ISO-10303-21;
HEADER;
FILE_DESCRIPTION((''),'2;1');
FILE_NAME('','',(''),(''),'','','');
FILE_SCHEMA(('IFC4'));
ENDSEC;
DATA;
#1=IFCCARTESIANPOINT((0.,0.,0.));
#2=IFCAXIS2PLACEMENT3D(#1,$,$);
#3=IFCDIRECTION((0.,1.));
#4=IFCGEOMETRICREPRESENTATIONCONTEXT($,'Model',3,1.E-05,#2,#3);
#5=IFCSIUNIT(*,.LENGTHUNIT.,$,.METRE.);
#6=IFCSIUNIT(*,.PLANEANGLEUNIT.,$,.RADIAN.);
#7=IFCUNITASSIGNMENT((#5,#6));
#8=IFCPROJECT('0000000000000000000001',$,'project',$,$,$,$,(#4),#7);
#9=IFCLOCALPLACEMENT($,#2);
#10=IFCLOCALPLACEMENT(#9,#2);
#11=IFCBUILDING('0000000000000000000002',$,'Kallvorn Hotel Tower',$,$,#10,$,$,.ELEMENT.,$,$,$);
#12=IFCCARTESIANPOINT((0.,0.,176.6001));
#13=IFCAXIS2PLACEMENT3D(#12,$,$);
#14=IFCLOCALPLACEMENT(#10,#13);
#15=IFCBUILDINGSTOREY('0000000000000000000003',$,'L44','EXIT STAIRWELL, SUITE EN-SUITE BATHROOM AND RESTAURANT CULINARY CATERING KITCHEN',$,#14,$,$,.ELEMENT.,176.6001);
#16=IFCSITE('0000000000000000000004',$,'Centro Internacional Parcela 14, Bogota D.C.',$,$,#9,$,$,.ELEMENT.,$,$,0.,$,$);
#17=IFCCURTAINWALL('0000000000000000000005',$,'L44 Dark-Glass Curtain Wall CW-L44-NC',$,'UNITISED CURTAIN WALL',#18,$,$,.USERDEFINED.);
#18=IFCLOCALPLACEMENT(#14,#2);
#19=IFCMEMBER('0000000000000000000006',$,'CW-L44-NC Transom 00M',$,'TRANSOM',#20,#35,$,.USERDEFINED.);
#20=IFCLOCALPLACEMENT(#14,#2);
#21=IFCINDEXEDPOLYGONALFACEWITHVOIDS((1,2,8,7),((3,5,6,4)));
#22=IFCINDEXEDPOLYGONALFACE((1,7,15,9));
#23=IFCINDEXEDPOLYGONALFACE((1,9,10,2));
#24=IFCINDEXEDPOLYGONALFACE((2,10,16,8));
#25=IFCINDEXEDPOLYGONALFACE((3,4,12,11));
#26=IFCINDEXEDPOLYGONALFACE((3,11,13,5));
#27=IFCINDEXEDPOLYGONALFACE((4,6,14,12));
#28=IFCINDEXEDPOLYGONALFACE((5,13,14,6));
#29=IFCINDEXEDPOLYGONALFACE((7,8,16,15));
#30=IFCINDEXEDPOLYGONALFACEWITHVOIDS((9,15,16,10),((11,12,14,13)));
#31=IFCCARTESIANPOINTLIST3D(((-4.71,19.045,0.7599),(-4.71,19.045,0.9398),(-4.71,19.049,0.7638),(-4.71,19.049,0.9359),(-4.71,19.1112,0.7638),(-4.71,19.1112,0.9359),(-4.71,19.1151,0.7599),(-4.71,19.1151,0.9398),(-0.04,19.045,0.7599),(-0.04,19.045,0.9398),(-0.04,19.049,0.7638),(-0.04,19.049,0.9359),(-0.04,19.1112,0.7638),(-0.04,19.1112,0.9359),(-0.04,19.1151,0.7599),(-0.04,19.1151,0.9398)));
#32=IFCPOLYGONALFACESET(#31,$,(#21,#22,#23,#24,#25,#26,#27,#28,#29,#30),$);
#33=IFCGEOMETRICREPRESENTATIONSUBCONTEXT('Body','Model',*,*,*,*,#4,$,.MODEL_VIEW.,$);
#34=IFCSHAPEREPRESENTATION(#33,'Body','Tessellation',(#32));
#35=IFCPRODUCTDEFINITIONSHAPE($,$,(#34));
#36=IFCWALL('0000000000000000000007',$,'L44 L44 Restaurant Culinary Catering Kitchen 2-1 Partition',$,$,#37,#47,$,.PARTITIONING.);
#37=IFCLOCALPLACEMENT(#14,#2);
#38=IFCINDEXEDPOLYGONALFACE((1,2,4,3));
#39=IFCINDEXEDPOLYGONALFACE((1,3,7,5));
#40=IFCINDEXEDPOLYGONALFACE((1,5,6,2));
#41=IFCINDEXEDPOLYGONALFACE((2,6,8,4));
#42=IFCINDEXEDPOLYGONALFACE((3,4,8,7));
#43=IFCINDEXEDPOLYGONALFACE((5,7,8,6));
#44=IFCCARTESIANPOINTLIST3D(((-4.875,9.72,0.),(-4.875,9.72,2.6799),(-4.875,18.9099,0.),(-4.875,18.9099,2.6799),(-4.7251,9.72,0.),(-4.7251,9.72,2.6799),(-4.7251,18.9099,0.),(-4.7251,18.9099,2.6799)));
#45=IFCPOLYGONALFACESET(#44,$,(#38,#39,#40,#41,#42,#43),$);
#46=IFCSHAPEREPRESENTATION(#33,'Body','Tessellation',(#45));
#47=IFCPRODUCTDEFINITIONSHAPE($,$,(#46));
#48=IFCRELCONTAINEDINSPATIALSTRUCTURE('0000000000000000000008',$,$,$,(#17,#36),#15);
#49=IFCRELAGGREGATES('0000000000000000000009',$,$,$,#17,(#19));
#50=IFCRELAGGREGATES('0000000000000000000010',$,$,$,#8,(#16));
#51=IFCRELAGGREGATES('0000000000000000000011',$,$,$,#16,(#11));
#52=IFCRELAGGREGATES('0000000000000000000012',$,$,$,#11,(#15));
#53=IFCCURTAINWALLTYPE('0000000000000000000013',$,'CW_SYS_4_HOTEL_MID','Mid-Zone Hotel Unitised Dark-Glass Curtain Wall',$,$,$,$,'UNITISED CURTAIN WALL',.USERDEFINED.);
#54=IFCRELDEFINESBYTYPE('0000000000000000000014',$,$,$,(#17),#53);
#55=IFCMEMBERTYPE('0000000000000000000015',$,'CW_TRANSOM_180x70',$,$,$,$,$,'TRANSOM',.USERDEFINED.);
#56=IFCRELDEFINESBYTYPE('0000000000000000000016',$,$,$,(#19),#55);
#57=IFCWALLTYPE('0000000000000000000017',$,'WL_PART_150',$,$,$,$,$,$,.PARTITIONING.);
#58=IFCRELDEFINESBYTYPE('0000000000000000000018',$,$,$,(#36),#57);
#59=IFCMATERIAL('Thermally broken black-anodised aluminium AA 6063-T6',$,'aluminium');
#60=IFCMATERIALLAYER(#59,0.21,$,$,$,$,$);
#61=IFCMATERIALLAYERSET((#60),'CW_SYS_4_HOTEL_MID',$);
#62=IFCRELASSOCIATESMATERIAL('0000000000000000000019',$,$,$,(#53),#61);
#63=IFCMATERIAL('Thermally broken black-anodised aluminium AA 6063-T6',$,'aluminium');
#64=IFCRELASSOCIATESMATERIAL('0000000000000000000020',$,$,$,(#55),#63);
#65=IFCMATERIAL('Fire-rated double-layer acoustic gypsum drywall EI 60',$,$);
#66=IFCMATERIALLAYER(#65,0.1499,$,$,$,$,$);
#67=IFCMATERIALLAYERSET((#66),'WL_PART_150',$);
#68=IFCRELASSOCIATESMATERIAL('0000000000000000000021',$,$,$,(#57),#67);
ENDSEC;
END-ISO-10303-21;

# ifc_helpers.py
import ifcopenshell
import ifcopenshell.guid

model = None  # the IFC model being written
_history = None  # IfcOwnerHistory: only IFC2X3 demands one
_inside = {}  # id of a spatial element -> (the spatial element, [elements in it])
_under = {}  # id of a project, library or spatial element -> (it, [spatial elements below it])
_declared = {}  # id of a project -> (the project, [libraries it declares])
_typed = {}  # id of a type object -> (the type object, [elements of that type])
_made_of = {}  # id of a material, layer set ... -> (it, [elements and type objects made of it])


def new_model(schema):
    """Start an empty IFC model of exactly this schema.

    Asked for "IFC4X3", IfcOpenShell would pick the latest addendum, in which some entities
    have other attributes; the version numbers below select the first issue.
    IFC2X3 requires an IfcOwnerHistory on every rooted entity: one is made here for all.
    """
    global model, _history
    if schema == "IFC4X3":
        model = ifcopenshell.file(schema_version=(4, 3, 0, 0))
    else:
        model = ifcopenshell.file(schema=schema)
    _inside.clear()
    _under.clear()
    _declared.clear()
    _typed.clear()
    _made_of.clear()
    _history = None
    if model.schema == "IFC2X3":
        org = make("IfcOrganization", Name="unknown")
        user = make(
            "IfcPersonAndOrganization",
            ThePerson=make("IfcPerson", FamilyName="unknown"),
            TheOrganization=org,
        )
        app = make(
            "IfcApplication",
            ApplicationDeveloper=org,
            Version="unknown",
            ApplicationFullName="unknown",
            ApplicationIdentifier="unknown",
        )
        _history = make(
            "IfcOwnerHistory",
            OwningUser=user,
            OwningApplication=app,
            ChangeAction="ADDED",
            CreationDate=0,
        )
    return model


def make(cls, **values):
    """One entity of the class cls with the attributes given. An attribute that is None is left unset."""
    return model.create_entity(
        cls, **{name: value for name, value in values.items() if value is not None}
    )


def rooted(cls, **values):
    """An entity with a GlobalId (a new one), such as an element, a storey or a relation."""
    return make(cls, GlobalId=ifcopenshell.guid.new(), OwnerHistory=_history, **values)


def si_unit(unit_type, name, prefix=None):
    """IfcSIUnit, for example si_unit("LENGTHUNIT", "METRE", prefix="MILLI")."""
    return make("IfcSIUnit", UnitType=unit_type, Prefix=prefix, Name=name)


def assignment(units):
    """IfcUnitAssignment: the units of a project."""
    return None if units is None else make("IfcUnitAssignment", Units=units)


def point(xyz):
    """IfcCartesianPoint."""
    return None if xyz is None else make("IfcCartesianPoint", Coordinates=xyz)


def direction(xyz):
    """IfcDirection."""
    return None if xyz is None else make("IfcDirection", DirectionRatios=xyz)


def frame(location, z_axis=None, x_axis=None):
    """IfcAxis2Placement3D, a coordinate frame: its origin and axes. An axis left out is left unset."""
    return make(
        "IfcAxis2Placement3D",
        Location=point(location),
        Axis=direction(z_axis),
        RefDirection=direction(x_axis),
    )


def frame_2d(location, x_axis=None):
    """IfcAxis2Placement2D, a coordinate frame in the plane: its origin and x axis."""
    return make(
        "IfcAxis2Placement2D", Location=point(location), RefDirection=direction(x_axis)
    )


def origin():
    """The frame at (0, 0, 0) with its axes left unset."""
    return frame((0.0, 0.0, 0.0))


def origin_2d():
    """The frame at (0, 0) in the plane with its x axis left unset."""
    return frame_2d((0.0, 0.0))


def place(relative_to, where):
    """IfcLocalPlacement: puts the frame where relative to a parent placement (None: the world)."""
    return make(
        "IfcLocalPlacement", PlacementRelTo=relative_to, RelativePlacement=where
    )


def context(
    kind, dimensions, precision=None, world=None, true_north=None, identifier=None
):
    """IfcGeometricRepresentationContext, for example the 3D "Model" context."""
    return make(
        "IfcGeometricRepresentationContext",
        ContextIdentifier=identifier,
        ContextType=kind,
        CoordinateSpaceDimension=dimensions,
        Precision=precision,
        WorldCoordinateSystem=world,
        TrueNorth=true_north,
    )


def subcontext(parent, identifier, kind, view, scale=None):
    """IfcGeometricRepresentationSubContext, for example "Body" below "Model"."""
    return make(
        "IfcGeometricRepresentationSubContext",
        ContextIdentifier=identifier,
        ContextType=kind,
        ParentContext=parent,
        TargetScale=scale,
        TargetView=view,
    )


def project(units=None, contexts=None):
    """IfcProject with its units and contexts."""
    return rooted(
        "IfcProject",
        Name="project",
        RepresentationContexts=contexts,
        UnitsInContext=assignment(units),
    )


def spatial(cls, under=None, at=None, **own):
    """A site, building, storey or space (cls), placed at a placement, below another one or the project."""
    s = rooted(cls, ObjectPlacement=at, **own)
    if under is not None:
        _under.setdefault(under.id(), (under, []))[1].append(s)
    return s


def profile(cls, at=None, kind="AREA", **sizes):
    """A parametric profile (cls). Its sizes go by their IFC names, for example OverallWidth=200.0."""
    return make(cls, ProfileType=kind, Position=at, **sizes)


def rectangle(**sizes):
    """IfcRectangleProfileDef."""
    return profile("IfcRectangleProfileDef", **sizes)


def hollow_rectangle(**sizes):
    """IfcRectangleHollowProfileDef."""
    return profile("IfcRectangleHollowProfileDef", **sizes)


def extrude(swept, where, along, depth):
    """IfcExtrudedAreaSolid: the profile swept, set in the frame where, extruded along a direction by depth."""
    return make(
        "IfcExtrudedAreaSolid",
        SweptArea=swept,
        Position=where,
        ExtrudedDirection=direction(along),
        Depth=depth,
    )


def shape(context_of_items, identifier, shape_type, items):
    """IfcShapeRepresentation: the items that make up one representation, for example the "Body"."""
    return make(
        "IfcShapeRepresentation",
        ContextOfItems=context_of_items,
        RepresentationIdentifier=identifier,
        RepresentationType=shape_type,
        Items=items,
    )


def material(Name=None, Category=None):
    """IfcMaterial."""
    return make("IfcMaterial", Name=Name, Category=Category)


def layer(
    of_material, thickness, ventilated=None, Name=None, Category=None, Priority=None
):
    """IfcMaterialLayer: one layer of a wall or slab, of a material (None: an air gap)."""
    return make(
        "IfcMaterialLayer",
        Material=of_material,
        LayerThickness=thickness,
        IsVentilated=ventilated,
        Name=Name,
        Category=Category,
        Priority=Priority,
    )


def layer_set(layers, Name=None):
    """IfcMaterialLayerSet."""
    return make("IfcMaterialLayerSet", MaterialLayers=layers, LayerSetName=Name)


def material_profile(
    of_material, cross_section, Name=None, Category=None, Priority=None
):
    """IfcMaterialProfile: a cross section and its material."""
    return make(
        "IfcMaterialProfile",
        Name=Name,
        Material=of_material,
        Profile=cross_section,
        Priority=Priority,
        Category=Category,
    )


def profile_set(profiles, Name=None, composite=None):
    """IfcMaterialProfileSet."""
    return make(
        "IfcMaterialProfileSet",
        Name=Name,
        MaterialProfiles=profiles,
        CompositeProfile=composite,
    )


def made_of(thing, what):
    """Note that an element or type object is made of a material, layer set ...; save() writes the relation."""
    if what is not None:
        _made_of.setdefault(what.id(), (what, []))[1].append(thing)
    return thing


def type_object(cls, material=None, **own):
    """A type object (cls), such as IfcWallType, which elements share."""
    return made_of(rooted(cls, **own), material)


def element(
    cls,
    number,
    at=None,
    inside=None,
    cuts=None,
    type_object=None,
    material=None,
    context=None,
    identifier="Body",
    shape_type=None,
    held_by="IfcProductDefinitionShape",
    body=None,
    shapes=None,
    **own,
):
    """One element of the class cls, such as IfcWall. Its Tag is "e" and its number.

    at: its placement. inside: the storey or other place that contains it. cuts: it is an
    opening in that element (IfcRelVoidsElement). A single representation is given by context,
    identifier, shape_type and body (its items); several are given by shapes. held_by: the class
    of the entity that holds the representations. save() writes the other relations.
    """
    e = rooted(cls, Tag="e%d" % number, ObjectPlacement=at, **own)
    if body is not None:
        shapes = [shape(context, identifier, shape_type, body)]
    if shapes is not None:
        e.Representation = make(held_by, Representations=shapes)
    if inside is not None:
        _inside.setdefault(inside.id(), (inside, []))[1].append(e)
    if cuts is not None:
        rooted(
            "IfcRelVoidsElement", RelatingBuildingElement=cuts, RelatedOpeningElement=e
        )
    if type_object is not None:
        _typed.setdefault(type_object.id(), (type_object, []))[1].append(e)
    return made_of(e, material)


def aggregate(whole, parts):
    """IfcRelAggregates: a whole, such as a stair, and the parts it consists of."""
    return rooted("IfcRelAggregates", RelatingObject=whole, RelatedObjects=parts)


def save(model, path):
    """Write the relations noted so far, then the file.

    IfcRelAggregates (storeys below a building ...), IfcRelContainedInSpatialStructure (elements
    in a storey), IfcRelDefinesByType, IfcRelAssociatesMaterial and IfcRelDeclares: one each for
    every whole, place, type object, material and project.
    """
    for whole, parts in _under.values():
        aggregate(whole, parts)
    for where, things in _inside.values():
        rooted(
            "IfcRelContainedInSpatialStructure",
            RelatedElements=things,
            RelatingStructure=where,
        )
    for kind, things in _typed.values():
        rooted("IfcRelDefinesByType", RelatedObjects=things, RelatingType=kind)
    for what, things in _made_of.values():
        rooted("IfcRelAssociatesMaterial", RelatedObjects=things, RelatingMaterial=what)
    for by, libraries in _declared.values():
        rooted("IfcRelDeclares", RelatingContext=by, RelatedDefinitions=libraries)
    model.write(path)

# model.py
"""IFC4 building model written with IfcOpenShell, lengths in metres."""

from ifc_helpers import new_model, si_unit, direction, frame, frame_2d, origin, origin_2d, place, context, subcontext, project, spatial, rectangle, hollow_rectangle, extrude, material, layer, layer_set, material_profile, profile_set, type_object, element, aggregate, save


model = new_model("IFC4")

# Units and contexts
model_context = context("Model", 3, precision=1e-05, world=origin(), true_north=direction((0.0, 1.0)))
body_context = subcontext(model_context, "Body", "Model", "MODEL_VIEW")
ifc_project = project(units=[si_unit("LENGTHUNIT", "METRE"), si_unit("PLANEANGLEUNIT", "RADIAN")], contexts=[model_context])

# Site, building, storey
site_placement = place(None, origin())
site = spatial("IfcSite", under=ifc_project, at=site_placement, Name="Centro Internacional Parcela 14, Bogota D.C.", CompositionType="ELEMENT", RefElevation=0.0)
building_placement = place(site_placement, origin())
building = spatial("IfcBuilding", under=site, at=building_placement, Name="Kallvorn Hotel Tower", CompositionType="ELEMENT")
storey_placement = place(building_placement, frame((0.0, 0.0, 176.6001)))
storey = spatial("IfcBuildingStorey", under=building, at=storey_placement, Name="L44", Description="EXIT STAIRWELL, SUITE EN-SUITE BATHROOM AND RESTAURANT CULINARY CATERING KITCHEN", CompositionType="ELEMENT", Elevation=176.6001)

# Curtain wall, member
ifc_material_1 = material(Name="Thermally broken black-anodised aluminium AA 6063-T6", Category="aluminium")
ifc_layer_1 = layer(ifc_material_1, 0.21)
ifc_layer_set_1 = layer_set([ifc_layer_1], Name="CW_SYS_4_HOTEL_MID")
curtain_wall_type = type_object("IfcCurtainWallType", Name="CW_SYS_4_HOTEL_MID", Description="Mid-Zone Hotel Unitised Dark-Glass Curtain Wall", ElementType="UNITISED CURTAIN WALL", PredefinedType="USERDEFINED", material=ifc_layer_set_1)
curtain_wall_placement = place(storey_placement, origin())
curtain_wall = element("IfcCurtainWall", 1, at=curtain_wall_placement, inside=storey, type_object=curtain_wall_type, Name="L44 Dark-Glass Curtain Wall CW-L44-NC", ObjectType="UNITISED CURTAIN WALL", PredefinedType="USERDEFINED")
ifc_material_2 = material(Name="Thermally broken black-anodised aluminium AA 6063-T6", Category="aluminium")
ifc_material_profile_1 = material_profile(ifc_material_2, hollow_rectangle(XDim=0.0701, YDim=0.1799, WallThickness=0.0039, at=origin_2d()), Name="TRN 180x70")
ifc_profile_set_1 = profile_set([ifc_material_profile_1], Name="Thermally broken black-anodised aluminium AA 6063-T6")
member_type_1 = type_object("IfcMemberType", Name="CW_TRANSOM_180x70", ElementType="TRANSOM", PredefinedType="USERDEFINED", material=ifc_profile_set_1)
member_1_placement = place(storey_placement, frame((-4.71, 19.0801, 0.8499), z_axis=(1.0, 0.0, 0.0), x_axis=(0.0, 1.0, 0.0)))
member_1 = element("IfcMember", 2, at=member_1_placement, type_object=member_type_1, Name="CW-L44-NC Transom 00M", ObjectType="TRANSOM", PredefinedType="USERDEFINED", context=body_context, shape_type="SweptSolid", body=[
    extrude(hollow_rectangle(XDim=0.0701, YDim=0.1799, WallThickness=0.0039, at=origin_2d()), origin(), (0.0, 0.0, 1.0), 4.6699),
])
aggregate(curtain_wall, [member_1])

# Wall
ifc_material_3 = material(Name="Fire-rated double-layer acoustic gypsum drywall EI 60")
ifc_layer_2 = layer(ifc_material_3, 0.1499)
ifc_layer_set_2 = layer_set([ifc_layer_2], Name="WL_PART_150")
wall_type = type_object("IfcWallType", Name="WL_PART_150", PredefinedType="PARTITIONING", material=ifc_layer_set_2)
wall_placement = place(storey_placement, frame((-4.8, 9.72, 0.0), z_axis=(0.0, 0.0, 1.0), x_axis=(0.0, 1.0, 0.0)))
element("IfcWall", 3, at=wall_placement, inside=storey, type_object=wall_type, Name="L44 L44 Restaurant Culinary Catering Kitchen 2-1 Partition", PredefinedType="PARTITIONING", context=body_context, shape_type="SweptSolid", body=[
    extrude(rectangle(XDim=9.1899, YDim=0.1499, at=frame_2d((4.595, 0.0))), origin(), (0.0, 0.0, 1.0), 2.6799),
])

save(model, "model.ifc")
